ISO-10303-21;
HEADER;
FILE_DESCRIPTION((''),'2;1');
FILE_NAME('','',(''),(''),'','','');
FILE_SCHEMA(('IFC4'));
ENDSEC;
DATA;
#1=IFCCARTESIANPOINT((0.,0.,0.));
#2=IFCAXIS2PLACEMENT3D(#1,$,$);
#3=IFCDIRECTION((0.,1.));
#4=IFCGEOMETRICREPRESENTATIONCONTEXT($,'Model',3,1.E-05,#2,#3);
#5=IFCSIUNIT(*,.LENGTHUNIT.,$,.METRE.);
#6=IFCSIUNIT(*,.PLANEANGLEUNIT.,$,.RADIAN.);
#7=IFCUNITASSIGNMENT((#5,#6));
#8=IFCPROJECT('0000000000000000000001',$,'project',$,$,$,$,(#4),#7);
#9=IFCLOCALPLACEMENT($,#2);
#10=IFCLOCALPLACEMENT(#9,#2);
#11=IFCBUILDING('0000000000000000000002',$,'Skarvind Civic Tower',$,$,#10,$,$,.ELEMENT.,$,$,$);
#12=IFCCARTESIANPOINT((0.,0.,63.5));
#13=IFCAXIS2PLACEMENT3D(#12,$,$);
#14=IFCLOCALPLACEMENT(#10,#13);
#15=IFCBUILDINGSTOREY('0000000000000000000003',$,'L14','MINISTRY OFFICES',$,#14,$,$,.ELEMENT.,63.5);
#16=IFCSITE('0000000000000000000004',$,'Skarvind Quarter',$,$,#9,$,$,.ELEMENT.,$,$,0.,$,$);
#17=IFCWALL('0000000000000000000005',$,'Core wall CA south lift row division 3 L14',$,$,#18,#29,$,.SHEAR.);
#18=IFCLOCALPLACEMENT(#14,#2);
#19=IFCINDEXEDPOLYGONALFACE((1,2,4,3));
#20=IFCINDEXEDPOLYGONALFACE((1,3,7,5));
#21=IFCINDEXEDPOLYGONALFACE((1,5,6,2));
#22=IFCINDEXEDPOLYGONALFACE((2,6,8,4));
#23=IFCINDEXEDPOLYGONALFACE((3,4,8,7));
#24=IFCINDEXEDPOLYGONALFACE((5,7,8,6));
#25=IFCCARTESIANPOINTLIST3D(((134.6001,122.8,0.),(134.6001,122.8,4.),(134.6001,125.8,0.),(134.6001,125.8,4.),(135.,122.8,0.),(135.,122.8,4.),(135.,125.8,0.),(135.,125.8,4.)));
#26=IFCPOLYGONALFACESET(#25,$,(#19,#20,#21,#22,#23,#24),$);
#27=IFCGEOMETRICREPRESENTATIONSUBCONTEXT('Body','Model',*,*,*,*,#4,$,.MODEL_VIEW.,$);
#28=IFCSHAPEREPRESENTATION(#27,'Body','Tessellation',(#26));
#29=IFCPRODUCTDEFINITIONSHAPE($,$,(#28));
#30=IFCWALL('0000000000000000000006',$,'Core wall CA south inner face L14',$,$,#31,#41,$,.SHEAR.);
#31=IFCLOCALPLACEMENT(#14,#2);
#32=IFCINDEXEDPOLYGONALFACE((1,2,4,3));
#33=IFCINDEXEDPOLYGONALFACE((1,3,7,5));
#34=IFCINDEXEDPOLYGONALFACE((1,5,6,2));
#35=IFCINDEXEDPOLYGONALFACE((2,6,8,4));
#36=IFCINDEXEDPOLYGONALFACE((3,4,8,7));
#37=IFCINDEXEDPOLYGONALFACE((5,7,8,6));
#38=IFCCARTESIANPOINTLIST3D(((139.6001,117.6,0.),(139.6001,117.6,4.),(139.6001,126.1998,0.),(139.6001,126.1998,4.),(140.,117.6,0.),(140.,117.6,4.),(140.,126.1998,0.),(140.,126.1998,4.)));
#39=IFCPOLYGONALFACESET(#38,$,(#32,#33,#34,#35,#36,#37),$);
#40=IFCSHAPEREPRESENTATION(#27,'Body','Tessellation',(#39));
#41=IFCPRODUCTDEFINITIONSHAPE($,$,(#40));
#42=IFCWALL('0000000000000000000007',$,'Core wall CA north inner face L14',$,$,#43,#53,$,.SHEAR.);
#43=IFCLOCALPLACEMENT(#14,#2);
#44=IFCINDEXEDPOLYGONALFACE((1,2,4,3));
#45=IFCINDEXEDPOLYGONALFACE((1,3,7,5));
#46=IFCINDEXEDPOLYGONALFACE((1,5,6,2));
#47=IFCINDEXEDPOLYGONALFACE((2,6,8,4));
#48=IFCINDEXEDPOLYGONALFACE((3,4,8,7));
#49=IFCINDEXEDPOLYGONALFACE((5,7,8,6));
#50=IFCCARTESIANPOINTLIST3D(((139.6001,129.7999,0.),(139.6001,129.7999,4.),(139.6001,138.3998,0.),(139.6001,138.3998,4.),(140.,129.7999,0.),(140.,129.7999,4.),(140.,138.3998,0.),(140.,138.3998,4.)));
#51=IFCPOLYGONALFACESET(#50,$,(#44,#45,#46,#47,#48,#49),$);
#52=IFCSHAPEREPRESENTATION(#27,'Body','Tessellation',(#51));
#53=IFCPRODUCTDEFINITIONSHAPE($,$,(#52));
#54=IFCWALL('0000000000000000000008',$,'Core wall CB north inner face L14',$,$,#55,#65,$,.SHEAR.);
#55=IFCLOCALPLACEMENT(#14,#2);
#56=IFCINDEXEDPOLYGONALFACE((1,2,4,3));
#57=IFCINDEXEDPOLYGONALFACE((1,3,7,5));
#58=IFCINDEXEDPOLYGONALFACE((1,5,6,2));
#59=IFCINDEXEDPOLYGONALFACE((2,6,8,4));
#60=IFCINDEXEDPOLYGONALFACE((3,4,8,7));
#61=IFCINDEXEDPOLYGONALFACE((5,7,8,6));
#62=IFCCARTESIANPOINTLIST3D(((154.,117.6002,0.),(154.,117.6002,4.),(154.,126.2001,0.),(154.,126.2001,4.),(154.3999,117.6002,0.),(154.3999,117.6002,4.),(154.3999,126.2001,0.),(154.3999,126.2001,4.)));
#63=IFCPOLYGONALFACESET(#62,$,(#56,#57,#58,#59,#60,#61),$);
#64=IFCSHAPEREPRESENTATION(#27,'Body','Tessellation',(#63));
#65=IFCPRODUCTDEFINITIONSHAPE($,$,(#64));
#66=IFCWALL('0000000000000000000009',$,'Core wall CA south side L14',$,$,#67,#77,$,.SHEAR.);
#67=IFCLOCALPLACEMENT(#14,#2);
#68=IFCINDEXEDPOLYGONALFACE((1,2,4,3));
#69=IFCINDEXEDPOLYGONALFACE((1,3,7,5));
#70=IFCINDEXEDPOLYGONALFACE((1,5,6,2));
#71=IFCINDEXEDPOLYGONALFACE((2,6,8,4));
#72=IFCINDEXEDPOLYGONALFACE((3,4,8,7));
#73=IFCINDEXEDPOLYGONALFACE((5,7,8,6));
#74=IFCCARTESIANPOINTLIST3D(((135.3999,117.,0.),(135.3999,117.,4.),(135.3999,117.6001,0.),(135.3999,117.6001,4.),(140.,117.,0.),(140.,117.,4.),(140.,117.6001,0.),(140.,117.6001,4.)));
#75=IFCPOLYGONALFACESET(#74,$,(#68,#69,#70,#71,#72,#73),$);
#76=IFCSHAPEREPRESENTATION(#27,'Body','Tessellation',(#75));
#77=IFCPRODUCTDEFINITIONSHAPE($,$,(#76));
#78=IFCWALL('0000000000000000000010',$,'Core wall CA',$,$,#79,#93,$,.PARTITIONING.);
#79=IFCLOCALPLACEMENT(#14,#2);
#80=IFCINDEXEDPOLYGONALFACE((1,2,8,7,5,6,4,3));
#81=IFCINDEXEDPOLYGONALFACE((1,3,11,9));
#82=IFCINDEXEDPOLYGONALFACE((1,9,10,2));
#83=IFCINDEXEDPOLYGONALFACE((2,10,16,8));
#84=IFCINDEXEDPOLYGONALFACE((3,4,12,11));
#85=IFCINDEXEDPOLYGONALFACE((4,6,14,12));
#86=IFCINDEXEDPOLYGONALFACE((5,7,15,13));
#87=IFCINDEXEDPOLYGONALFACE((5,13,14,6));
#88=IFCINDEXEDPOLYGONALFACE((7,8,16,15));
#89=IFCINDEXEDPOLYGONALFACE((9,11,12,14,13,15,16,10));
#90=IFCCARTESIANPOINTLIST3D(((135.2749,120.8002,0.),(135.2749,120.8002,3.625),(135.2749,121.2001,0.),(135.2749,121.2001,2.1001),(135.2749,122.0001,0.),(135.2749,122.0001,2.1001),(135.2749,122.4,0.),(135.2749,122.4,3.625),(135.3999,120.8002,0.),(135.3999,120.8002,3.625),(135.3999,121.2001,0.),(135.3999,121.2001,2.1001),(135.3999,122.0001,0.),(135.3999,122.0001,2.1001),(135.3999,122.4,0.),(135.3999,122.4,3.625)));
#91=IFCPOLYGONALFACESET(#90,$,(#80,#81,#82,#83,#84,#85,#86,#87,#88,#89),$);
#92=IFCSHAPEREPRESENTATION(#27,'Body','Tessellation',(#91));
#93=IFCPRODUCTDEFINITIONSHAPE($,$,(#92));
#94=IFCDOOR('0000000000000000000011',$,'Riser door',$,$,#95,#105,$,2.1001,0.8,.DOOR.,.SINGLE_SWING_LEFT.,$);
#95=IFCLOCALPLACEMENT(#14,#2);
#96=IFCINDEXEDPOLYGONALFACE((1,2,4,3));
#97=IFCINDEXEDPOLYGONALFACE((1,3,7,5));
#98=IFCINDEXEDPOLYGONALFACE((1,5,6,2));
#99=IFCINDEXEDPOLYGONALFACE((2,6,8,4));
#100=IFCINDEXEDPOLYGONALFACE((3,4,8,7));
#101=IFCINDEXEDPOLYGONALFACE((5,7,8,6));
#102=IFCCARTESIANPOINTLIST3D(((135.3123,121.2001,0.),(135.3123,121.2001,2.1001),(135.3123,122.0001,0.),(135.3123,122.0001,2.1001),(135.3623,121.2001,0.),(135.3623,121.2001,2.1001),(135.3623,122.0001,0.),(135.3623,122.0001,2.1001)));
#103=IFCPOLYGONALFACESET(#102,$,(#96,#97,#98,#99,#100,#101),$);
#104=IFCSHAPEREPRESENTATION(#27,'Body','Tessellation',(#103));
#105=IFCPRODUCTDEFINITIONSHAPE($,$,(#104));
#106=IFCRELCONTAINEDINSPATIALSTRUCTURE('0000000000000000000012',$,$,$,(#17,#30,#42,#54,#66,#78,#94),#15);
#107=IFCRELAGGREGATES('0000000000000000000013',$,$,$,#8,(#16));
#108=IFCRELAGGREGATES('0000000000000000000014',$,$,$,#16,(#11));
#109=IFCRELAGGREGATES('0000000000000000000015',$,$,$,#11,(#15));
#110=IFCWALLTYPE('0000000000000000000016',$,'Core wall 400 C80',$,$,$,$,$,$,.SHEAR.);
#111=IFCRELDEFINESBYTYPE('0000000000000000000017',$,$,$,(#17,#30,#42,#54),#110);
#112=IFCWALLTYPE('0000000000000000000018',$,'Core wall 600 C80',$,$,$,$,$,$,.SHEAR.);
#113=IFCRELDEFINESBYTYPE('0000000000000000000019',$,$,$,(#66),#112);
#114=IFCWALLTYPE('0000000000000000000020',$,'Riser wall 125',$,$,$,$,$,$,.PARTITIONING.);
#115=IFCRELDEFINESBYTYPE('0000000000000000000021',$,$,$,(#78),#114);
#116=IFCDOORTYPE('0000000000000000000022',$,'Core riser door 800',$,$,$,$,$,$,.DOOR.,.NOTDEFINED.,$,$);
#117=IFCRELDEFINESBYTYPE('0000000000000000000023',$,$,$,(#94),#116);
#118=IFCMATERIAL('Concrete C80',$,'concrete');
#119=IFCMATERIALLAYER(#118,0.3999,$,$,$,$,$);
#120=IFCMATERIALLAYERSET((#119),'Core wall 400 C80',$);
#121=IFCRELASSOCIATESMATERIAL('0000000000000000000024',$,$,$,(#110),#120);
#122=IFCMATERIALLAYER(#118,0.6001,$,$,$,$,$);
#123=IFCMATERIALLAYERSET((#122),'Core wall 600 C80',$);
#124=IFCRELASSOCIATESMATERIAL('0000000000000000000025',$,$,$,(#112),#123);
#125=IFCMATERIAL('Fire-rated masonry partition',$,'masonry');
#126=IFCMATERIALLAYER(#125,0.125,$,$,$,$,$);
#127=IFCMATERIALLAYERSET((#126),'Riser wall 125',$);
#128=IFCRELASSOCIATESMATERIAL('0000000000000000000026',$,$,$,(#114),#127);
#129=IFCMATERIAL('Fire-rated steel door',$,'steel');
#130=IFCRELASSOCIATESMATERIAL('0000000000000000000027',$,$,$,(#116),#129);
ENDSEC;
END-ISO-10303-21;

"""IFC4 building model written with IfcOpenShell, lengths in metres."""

from ifc_helpers import new_model, si_unit, direction, frame, frame_2d, origin, place, context, subcontext, project, spatial, rectangle, extrude, material, layer, layer_set, type_object, element, fill, save


model = new_model("IFC4")

# Units and contexts
model_context = context("Model", 3, precision=1e-05, world=origin(), true_north=direction((0.0, 1.0)))
body_context = subcontext(model_context, "Body", "Model", "MODEL_VIEW")
ifc_project = project(units=[si_unit("LENGTHUNIT", "METRE"), si_unit("PLANEANGLEUNIT", "RADIAN")], contexts=[model_context])

# Site, building, storey
site_placement = place(None, origin())
site = spatial("IfcSite", under=ifc_project, at=site_placement, Name="Skarvind Quarter", CompositionType="ELEMENT", RefElevation=0.0)
building_placement = place(site_placement, origin())
building = spatial("IfcBuilding", under=site, at=building_placement, Name="Skarvind Civic Tower", CompositionType="ELEMENT")
storey_placement = place(building_placement, frame((0.0, 0.0, 63.5)))
storey = spatial("IfcBuildingStorey", under=building, at=storey_placement, Name="L14", Description="MINISTRY OFFICES", CompositionType="ELEMENT", Elevation=63.5)

# Shared definitions
ifc_material_1 = material(Name="Fire-rated masonry partition", Category="masonry")
ifc_material_2 = material(Name="Fire-rated steel door", Category="steel")
ifc_material_3 = material(Name="Concrete C80", Category="concrete")
ifc_layer_1 = layer(ifc_material_3, 0.3999)
ifc_layer_set_1 = layer_set([ifc_layer_1], Name="Core wall 400 C80")
wall_type_1 = type_object("IfcWallType", Name="Core wall 400 C80", PredefinedType="SHEAR", material=ifc_layer_set_1)

# Walls
wall_1_placement = place(storey_placement, frame((134.8, 122.8, 0.0), z_axis=(0.0, 0.0, 1.0), x_axis=(0.0, 1.0, 0.0)))
element("IfcWall", 1, at=wall_1_placement, inside=storey, type_object=wall_type_1, Name="Core wall CA south lift row division 3 L14", PredefinedType="SHEAR", context=body_context, shape_type="SweptSolid", body=[
    extrude(rectangle(XDim=3.0, YDim=0.3999, at=frame_2d((1.5, 0.0))), origin(), (0.0, 0.0, 1.0), 4.0),
])
for number, where, z_axis, x_axis, name in (
    (2, (139.8, 117.6001, 0.0), (0.0, 0.0, 1.0), (0.0, 1.0, 0.0), "Core wall CA south inner face L14"),
    (3, (139.8, 129.8, 0.0), (0.0, 0.0, 1.0), (0.0, 1.0, 0.0), "Core wall CA north inner face L14"),
    (4, (154.2, 126.2, 0.0), (0.0, 0.0, 1.0), (0.0, -1.0, 0.0), "Core wall CB north inner face L14"),
):
    element("IfcWall", number, at=place(storey_placement, frame(where, z_axis=z_axis, x_axis=x_axis)), inside=storey, type_object=wall_type_1, Name=name, PredefinedType="SHEAR", context=body_context, shape_type="SweptSolid", body=[
        extrude(rectangle(XDim=8.5999, YDim=0.3999, at=frame_2d((4.2998, 0.0))), origin(), (0.0, 0.0, 1.0), 4.0),
    ])
ifc_layer_2 = layer(ifc_material_3, 0.6001)
ifc_layer_set_2 = layer_set([ifc_layer_2], Name="Core wall 600 C80")
wall_type_2 = type_object("IfcWallType", Name="Core wall 600 C80", PredefinedType="SHEAR", material=ifc_layer_set_2)
wall_2_placement = place(storey_placement, frame((135.3999, 117.3, 0.0), z_axis=(0.0, 0.0, 1.0), x_axis=(1.0, 0.0, 0.0)))
element("IfcWall", 5, at=wall_2_placement, inside=storey, type_object=wall_type_2, Name="Core wall CA south side L14", PredefinedType="SHEAR", context=body_context, shape_type="SweptSolid", body=[
    extrude(rectangle(XDim=4.6001, YDim=0.6001, at=frame_2d((2.3, 0.0))), origin(), (0.0, 0.0, 1.0), 4.0),
])

# Wall, opening, door
ifc_layer_3 = layer(ifc_material_1, 0.125)
ifc_layer_set_3 = layer_set([ifc_layer_3], Name="Riser wall 125")
wall_type_3 = type_object("IfcWallType", Name="Riser wall 125", PredefinedType="PARTITIONING", material=ifc_layer_set_3)
wall_3_placement = place(storey_placement, frame((135.3374, 122.3999, 0.0), z_axis=(0.0, 0.0, 1.0), x_axis=(0.0, -1.0, 0.0)))
wall_3 = element("IfcWall", 6, at=wall_3_placement, inside=storey, type_object=wall_type_3, Name="Core wall CA", PredefinedType="PARTITIONING", context=body_context, shape_type="SweptSolid", body=[
    extrude(rectangle(XDim=1.5999, YDim=0.125, at=frame_2d((0.7998, 0.0))), origin(), (0.0, 0.0, 1.0), 3.625),
])
opening_1_placement = place(wall_3_placement, frame((0.3999, 0.0, 0.0)))
opening_1 = element("IfcOpeningElement", 7, at=opening_1_placement, cuts=wall_3, PredefinedType="OPENING", context=body_context, shape_type="SweptSolid", body=[
    extrude(rectangle(XDim=0.8, YDim=2.1001, at=frame_2d((0.3999, 1.05))), frame((0.0, 0.0725, 0.0), z_axis=(0.0, -1.0, 0.0), x_axis=(1.0, 0.0, 0.0)), (0.0, 0.0, 1.0), 0.145),
])
door_type_1 = type_object("IfcDoorType", Name="Core riser door 800", OperationType="NOTDEFINED", PredefinedType="DOOR", material=ifc_material_2)
door_1_placement = place(opening_1_placement, origin())
door_1 = element("IfcDoor", 8, at=door_1_placement, inside=storey, type_object=door_type_1, Name="Riser door", OperationType="SINGLE_SWING_LEFT", OverallHeight=2.1001, OverallWidth=0.8, PredefinedType="DOOR", context=body_context, shape_type="SweptSolid", body=[
    extrude(rectangle(XDim=0.8, YDim=2.1001, at=frame_2d((0.3999, 1.05))), frame((0.0, 0.0249, 0.0), z_axis=(0.0, -1.0, 0.0), x_axis=(1.0, 0.0, 0.0)), (0.0, 0.0, 1.0), 0.05),
])
fill(opening_1, door_1)

save(model, "model.ifc")
